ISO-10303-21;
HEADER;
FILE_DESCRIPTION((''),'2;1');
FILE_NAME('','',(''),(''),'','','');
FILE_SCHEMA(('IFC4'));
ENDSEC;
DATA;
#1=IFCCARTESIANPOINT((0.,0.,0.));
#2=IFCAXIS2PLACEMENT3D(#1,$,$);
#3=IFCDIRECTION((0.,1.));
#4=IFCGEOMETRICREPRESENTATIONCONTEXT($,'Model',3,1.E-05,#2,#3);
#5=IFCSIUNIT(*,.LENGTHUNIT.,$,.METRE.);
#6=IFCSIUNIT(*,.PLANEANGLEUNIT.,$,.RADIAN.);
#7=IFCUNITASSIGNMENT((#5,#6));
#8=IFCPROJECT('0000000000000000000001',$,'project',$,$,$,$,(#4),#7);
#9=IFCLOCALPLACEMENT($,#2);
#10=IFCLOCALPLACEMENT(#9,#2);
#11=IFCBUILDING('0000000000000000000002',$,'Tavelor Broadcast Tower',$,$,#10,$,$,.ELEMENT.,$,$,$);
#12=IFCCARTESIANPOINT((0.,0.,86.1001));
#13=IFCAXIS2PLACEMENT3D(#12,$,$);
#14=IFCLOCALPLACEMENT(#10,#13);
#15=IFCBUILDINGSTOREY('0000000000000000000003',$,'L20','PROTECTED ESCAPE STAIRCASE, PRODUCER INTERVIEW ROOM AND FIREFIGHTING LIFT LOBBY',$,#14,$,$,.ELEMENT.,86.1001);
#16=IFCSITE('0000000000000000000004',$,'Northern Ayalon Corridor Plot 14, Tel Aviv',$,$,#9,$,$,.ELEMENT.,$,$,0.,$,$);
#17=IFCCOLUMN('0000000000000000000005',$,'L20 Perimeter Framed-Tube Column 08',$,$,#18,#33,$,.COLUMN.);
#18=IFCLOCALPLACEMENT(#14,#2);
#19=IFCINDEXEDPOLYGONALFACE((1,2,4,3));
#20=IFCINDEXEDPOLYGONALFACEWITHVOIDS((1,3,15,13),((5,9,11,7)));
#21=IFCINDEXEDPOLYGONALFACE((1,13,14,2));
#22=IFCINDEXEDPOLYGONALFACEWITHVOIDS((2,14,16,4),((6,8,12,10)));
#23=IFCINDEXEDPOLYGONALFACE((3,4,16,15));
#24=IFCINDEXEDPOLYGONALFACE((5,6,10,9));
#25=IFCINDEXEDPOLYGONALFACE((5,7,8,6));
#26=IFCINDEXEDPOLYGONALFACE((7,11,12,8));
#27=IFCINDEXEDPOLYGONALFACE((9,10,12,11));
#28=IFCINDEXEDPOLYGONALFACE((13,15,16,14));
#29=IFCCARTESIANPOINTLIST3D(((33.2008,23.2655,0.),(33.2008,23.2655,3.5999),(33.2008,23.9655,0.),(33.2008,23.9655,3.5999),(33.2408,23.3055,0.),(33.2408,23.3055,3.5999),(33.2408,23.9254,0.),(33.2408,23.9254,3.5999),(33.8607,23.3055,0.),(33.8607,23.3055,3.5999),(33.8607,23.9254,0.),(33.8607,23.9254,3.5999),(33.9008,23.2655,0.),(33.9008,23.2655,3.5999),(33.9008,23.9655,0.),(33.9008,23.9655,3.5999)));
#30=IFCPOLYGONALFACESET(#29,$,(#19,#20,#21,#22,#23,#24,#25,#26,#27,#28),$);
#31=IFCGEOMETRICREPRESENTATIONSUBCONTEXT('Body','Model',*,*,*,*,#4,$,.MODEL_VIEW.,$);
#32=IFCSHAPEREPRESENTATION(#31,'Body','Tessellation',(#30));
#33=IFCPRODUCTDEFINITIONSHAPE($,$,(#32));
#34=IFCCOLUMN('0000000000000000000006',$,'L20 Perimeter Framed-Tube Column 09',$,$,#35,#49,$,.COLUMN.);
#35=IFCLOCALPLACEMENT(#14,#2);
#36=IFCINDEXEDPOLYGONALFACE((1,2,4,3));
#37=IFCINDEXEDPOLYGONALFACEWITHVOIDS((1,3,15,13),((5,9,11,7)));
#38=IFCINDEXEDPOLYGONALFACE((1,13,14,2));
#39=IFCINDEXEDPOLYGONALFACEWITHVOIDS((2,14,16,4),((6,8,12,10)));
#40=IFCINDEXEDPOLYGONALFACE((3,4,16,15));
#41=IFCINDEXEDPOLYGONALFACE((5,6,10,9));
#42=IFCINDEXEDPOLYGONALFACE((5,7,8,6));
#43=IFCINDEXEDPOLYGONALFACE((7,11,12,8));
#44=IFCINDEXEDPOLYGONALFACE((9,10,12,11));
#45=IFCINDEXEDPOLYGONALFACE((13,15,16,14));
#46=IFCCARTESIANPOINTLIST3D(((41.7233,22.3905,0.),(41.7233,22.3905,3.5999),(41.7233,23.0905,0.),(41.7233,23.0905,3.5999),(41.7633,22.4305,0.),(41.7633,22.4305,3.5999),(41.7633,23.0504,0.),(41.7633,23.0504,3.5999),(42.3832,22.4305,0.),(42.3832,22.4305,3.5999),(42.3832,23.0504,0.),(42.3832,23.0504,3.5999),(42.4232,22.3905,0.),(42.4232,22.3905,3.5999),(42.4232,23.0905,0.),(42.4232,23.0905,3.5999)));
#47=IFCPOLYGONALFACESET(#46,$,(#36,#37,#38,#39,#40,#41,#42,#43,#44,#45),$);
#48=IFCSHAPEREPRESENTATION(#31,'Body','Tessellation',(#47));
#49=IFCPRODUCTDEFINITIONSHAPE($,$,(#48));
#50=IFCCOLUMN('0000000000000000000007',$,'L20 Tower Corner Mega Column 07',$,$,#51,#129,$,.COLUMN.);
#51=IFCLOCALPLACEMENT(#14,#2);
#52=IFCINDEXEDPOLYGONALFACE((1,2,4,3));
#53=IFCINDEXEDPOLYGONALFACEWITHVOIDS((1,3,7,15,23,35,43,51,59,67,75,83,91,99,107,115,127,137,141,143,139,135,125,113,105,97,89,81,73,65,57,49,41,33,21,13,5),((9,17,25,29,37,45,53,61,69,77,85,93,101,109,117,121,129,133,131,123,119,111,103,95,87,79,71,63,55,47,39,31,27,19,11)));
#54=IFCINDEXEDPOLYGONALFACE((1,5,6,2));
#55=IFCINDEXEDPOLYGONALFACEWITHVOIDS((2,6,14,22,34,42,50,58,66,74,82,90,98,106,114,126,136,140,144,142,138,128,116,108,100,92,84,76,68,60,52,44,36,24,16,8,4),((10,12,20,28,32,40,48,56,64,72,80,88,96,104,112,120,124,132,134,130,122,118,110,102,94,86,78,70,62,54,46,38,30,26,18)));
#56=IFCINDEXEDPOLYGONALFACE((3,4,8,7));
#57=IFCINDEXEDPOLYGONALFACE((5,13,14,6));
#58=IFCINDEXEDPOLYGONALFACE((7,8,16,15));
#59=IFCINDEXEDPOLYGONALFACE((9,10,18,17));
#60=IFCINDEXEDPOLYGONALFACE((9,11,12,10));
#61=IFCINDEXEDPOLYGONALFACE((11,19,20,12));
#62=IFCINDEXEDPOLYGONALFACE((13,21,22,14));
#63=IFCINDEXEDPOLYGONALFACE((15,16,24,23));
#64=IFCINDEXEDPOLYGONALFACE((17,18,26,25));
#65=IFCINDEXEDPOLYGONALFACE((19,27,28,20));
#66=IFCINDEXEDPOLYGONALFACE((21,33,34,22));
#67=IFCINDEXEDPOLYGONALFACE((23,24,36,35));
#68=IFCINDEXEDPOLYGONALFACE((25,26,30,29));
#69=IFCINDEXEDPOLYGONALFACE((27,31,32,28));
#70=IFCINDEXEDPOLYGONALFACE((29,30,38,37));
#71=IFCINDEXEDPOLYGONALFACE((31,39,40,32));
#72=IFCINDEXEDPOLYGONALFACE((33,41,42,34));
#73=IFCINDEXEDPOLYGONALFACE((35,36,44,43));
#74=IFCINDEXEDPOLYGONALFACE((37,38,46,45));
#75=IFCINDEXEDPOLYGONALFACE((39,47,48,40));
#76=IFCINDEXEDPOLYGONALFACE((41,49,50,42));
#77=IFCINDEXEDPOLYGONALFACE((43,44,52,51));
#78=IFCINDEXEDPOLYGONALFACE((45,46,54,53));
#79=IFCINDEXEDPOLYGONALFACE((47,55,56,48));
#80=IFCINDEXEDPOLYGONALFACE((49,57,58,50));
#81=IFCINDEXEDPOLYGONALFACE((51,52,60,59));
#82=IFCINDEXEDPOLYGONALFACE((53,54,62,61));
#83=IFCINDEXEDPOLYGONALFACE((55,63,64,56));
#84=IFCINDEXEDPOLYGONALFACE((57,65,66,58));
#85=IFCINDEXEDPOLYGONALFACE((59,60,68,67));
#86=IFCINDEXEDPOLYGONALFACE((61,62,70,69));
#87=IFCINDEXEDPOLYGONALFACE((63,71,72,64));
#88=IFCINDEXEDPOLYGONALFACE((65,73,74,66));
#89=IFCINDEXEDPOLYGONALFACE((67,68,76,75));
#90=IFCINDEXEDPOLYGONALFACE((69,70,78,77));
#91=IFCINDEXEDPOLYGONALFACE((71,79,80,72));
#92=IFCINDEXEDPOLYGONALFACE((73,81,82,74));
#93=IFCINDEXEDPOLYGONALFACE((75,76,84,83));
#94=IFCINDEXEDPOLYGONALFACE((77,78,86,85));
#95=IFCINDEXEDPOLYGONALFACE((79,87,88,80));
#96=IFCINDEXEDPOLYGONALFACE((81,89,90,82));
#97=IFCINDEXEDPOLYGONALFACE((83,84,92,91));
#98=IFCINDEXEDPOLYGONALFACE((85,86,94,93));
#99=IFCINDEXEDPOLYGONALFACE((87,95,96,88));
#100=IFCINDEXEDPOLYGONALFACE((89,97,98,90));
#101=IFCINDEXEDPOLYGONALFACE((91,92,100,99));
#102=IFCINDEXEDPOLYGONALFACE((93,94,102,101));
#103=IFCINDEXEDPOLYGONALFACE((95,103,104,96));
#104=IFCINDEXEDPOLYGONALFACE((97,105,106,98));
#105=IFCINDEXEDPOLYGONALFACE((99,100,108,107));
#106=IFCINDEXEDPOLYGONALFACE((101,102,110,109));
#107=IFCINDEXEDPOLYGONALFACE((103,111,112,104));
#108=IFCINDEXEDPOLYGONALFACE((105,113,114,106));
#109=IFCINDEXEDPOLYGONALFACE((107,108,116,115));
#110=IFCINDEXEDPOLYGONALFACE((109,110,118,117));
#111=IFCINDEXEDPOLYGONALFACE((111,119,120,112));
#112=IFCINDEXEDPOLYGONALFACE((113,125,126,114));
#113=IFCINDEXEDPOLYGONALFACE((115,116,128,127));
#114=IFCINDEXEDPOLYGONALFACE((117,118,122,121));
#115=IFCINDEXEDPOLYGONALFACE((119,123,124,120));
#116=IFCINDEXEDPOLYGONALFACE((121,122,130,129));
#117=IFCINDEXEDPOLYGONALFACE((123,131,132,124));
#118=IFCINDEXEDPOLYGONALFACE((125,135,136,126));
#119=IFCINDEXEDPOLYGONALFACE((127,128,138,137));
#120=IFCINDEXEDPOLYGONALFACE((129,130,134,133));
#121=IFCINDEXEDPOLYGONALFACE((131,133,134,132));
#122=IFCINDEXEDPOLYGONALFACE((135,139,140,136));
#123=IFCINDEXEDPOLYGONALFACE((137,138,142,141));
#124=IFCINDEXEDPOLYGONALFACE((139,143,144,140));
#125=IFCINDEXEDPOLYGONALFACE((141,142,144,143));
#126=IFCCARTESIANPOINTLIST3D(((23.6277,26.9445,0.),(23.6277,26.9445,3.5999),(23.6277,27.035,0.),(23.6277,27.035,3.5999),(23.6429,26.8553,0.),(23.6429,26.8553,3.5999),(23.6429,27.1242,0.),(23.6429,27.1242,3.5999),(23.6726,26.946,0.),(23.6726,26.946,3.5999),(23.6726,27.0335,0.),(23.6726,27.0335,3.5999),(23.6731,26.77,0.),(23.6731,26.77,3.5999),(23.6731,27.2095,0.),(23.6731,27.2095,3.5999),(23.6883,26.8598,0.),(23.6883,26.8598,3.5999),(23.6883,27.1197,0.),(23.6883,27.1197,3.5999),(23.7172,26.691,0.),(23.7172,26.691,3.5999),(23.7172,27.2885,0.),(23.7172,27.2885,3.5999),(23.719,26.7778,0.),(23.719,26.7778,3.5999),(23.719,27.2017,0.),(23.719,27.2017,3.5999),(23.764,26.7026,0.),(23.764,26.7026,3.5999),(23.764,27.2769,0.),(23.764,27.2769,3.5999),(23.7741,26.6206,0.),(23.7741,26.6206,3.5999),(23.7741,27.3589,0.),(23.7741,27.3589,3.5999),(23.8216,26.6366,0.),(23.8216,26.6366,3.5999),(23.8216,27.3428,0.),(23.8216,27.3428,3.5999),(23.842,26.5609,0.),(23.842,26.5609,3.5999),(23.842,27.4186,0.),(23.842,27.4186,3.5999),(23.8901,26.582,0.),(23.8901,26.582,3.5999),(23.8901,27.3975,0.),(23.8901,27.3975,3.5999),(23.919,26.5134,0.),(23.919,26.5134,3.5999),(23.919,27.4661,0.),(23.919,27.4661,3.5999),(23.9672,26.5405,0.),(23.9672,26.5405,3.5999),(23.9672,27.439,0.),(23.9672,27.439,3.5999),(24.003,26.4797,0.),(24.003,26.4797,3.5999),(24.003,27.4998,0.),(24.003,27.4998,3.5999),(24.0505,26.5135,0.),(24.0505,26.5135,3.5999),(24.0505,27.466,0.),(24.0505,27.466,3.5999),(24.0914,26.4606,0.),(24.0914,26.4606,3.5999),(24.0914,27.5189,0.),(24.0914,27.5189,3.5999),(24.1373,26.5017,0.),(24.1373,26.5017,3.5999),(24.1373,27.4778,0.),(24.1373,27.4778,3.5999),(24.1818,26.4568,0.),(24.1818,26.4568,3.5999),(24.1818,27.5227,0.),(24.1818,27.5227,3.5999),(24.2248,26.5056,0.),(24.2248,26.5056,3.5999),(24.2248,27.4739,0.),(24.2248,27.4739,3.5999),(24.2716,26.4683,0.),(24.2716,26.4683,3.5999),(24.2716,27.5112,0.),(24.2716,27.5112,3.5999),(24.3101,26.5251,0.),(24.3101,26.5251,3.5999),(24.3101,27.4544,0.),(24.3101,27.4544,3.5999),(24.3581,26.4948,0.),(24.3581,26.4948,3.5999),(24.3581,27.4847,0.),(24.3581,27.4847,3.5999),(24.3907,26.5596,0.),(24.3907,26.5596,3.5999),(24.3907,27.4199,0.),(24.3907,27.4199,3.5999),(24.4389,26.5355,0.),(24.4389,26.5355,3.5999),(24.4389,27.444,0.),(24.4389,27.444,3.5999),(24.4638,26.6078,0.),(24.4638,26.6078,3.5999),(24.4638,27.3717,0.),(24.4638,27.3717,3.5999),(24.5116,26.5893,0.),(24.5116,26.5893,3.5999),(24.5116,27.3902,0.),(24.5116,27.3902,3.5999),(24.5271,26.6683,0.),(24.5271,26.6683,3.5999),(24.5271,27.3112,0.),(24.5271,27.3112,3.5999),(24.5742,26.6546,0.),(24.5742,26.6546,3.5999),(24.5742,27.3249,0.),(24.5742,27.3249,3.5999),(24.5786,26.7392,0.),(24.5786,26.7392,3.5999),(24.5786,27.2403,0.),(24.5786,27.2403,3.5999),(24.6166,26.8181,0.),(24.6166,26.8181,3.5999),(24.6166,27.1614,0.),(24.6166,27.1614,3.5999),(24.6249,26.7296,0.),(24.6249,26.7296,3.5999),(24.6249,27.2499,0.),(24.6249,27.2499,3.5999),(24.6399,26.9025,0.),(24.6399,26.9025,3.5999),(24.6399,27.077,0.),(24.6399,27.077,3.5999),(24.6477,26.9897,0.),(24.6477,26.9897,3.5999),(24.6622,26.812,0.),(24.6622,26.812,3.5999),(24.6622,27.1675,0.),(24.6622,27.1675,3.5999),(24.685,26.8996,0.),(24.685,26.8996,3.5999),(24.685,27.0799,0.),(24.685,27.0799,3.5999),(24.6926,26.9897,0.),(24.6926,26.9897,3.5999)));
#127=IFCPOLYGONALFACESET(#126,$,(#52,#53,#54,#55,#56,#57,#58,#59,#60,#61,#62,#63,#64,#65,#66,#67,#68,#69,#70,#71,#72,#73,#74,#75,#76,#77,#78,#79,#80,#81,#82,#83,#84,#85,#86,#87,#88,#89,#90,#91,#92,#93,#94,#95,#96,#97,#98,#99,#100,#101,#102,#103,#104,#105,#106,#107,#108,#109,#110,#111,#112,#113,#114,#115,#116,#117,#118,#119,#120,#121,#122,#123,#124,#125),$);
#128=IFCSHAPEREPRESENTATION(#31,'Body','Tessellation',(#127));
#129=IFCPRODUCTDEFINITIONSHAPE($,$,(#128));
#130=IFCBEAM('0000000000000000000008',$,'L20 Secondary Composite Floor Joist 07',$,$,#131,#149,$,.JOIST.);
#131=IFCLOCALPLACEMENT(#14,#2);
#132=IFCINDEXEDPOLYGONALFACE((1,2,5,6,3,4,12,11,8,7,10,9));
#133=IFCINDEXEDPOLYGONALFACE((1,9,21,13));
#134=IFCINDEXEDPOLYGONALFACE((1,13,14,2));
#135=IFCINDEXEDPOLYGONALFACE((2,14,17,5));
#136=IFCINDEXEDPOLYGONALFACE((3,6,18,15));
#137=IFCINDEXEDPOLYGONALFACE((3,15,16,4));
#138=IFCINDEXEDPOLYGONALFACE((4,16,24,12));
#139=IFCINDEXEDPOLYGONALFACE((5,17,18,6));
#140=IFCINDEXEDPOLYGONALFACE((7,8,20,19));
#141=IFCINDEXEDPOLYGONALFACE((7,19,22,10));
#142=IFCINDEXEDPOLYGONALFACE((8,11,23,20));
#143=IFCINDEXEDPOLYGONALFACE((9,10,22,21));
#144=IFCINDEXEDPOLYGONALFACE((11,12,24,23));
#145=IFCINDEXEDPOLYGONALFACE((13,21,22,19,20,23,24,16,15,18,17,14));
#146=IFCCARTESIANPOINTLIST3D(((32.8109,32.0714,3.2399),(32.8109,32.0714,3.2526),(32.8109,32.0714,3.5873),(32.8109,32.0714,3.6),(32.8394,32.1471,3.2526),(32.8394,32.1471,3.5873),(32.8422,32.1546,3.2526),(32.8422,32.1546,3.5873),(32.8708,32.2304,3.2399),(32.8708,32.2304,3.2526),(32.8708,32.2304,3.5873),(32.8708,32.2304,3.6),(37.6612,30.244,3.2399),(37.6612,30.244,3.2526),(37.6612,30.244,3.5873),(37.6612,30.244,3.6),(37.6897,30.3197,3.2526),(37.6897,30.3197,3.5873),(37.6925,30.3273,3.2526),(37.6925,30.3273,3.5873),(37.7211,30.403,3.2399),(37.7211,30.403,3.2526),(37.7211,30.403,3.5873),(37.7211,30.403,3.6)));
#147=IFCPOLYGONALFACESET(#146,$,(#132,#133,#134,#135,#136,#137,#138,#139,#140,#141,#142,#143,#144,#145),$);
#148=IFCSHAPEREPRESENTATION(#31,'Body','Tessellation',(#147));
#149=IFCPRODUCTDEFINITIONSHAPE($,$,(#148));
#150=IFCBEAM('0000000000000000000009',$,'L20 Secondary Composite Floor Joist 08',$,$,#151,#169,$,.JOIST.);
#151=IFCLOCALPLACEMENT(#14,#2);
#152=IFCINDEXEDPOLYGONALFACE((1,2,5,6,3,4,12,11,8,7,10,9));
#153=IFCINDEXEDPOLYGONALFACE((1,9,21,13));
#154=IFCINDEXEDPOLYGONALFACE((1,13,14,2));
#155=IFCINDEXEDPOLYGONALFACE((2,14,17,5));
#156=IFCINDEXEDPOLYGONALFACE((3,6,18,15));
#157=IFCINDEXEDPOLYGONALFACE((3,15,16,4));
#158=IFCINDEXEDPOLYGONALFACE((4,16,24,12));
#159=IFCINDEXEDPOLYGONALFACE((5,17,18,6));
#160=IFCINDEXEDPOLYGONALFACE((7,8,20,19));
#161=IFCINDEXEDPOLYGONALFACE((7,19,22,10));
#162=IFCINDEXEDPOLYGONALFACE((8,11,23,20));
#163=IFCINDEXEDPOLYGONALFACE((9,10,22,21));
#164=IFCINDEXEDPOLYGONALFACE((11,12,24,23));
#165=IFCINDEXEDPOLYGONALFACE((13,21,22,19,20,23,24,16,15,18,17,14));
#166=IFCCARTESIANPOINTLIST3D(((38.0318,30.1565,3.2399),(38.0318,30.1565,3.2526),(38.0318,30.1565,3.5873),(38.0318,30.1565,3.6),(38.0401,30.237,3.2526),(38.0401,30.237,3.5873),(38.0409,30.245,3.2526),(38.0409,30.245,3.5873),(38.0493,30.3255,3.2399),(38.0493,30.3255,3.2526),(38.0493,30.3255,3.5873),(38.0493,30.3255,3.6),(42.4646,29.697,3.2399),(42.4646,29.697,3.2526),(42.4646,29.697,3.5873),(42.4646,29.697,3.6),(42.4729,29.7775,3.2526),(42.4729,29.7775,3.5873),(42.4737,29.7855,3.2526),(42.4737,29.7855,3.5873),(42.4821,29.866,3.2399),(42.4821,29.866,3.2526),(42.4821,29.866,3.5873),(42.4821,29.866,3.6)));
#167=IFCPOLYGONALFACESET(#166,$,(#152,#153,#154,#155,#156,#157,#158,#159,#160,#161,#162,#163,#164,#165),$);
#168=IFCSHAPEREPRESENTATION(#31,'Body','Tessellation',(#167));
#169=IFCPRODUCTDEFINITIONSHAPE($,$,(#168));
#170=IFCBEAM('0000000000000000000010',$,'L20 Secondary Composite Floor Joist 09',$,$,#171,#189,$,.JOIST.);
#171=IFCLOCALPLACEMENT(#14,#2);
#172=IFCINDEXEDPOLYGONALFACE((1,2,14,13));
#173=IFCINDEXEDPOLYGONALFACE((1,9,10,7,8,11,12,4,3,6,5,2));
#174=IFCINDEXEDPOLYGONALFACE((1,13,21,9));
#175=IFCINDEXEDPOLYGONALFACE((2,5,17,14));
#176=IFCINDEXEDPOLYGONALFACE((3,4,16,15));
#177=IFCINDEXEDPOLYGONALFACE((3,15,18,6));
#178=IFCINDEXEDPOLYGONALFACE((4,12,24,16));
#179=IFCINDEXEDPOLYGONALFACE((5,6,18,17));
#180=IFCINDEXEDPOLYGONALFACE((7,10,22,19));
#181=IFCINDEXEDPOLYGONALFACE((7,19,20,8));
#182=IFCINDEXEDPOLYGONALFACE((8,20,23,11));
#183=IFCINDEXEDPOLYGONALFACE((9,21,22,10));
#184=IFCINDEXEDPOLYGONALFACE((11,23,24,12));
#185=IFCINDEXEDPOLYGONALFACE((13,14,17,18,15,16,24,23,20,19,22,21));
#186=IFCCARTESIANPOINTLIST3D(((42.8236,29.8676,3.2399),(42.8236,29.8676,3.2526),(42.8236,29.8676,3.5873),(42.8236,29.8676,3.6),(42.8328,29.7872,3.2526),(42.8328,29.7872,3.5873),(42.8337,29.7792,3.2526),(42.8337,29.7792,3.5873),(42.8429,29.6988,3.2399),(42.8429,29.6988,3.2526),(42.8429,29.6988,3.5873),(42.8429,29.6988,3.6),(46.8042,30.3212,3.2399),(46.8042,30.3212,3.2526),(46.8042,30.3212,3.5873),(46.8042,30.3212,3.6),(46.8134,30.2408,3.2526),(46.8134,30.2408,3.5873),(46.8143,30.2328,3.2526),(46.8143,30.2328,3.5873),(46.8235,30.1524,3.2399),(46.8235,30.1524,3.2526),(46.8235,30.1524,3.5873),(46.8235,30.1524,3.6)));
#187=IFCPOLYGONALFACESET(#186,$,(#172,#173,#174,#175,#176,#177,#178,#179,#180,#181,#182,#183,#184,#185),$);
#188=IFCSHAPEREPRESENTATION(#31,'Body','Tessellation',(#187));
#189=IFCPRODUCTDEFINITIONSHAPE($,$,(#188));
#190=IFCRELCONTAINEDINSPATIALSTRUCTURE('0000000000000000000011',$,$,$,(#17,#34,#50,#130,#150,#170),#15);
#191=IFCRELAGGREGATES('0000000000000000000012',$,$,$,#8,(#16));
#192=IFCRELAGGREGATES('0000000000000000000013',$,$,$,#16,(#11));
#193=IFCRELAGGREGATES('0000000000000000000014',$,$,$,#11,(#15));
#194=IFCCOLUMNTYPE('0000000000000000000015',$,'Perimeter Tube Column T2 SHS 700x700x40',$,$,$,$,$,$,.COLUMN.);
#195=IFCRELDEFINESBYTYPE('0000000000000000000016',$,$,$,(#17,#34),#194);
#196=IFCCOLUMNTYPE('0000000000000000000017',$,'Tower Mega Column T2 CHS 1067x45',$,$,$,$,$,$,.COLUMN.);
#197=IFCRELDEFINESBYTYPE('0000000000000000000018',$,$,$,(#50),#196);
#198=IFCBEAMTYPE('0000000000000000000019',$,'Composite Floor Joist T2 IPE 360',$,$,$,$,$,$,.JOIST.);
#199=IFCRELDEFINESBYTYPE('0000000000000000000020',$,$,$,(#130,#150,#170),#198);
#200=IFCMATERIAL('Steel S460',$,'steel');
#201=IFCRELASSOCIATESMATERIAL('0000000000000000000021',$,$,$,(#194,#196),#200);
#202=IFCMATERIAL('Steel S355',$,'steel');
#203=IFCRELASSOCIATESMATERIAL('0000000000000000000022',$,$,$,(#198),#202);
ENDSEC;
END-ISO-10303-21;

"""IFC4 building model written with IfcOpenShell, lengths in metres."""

from ifc_helpers import new_model, si_unit, direction, frame, origin, origin_2d, place, context, subcontext, project, spatial, hollow_rectangle, hollow_circle, i_section, extrude, material, material_profile, profile_set, type_object, element, save


model = new_model("IFC4")

# Units and contexts
model_context = context("Model", 3, precision=1e-05, world=origin(), true_north=direction((0.0, 1.0)))
body_context = subcontext(model_context, "Body", "Model", "MODEL_VIEW")
ifc_project = project(units=[si_unit("LENGTHUNIT", "METRE"), si_unit("PLANEANGLEUNIT", "RADIAN")], contexts=[model_context])

# Site, building, storey
site_placement = place(None, origin())
site = spatial("IfcSite", under=ifc_project, at=site_placement, Name="Northern Ayalon Corridor Plot 14, Tel Aviv", CompositionType="ELEMENT", RefElevation=0.0)
building_placement = place(site_placement, origin())
building = spatial("IfcBuilding", under=site, at=building_placement, Name="Tavelor Broadcast Tower", CompositionType="ELEMENT")
storey_placement = place(building_placement, frame((0.0, 0.0, 86.1001)))
storey = spatial("IfcBuildingStorey", under=building, at=storey_placement, Name="L20", Description="PROTECTED ESCAPE STAIRCASE, PRODUCER INTERVIEW ROOM AND FIREFIGHTING LIFT LOBBY", CompositionType="ELEMENT", Elevation=86.1001)

# Columns
ifc_material_1 = material(Name="Steel S460", Category="steel")
ifc_material_profile_1 = material_profile(ifc_material_1, hollow_rectangle(XDim=0.7, YDim=0.7, WallThickness=0.04, at=origin_2d()), Name="SHS 700x700x40")
ifc_profile_set_1 = profile_set([ifc_material_profile_1], Name="Steel S460")
column_type_1 = type_object("IfcColumnType", Name="Perimeter Tube Column T2 SHS 700x700x40", PredefinedType="COLUMN", material=ifc_profile_set_1)
for number, where, z_axis, x_axis, name in (
    (1, (33.5508, 23.6155, 0.0), (0.0, 0.0, 1.0), (1.0, 0.0, 0.0), "L20 Perimeter Framed-Tube Column 08"),
    (2, (42.0732, 22.7405, 0.0), (0.0, 0.0, 1.0), (1.0, 0.0, 0.0), "L20 Perimeter Framed-Tube Column 09"),
):
    element("IfcColumn", number, at=place(storey_placement, frame(where, z_axis=z_axis, x_axis=x_axis)), inside=storey, type_object=column_type_1, Name=name, PredefinedType="COLUMN", context=body_context, shape_type="SweptSolid", body=[
        extrude(hollow_rectangle(XDim=0.7, YDim=0.7, WallThickness=0.04, at=origin_2d()), origin(), (0.0, 0.0, 1.0), 3.5999),
    ])
ifc_material_profile_2 = material_profile(ifc_material_1, hollow_circle(Radius=0.5334, WallThickness=0.0449, at=origin_2d()), Name="CHS 1067x45")
ifc_profile_set_2 = profile_set([ifc_material_profile_2], Name="Steel S460")
column_type_2 = type_object("IfcColumnType", Name="Tower Mega Column T2 CHS 1067x45", PredefinedType="COLUMN", material=ifc_profile_set_2)
column_placement = place(storey_placement, frame((24.1592, 26.9897, 0.0), z_axis=(0.0, 0.0, 1.0), x_axis=(1.0, 0.0, 0.0)))
element("IfcColumn", 3, at=column_placement, inside=storey, type_object=column_type_2, Name="L20 Tower Corner Mega Column 07", PredefinedType="COLUMN", context=body_context, shape_type="SweptSolid", body=[
    extrude(hollow_circle(Radius=0.5334, WallThickness=0.0449, at=origin_2d()), origin(), (0.0, 0.0, 1.0), 3.5999),
])

# Beams
ifc_material_2 = material(Name="Steel S355", Category="steel")
ifc_material_profile_3 = material_profile(ifc_material_2, i_section(OverallWidth=0.1699, OverallDepth=0.3601, WebThickness=0.0081, FlangeThickness=0.0127, at=origin_2d()), Name="IPE 360")
ifc_profile_set_3 = profile_set([ifc_material_profile_3], Name="Steel S355")
beam_type_1 = type_object("IfcBeamType", Name="Composite Floor Joist T2 IPE 360", PredefinedType="JOIST", material=ifc_profile_set_3)
beam_1_placement = place(storey_placement, frame((32.8408, 32.1509, 3.4199), z_axis=(0.935788, -0.352563, 0.0), x_axis=(0.352563, 0.935788, 0.0)))
element("IfcBeam", 4, at=beam_1_placement, inside=storey, type_object=beam_type_1, Name="L20 Secondary Composite Floor Joist 07", PredefinedType="JOIST", context=body_context, shape_type="SweptSolid", body=[
    extrude(i_section(OverallWidth=0.1699, OverallDepth=0.3601, WebThickness=0.0081, FlangeThickness=0.0127, at=origin_2d()), origin(), (0.0, 0.0, 1.0), 5.1831),
])
beam_2_placement = place(storey_placement, frame((38.0405, 30.241, 3.4199), z_axis=(0.994671, -0.103099, 0.0), x_axis=(0.103099, 0.994671, 0.0)))
element("IfcBeam", 5, at=beam_2_placement, inside=storey, type_object=beam_type_1, Name="L20 Secondary Composite Floor Joist 08", PredefinedType="JOIST", context=body_context, shape_type="SweptSolid", body=[
    extrude(i_section(OverallWidth=0.1699, OverallDepth=0.3601, WebThickness=0.0081, FlangeThickness=0.0127, at=origin_2d()), origin(), (0.0, 0.0, 1.0), 4.4565),
])
beam_3_placement = place(storey_placement, frame((42.8333, 29.7832, 3.4199), z_axis=(0.993569, 0.113227, 0.0), x_axis=(-0.113227, 0.993569, 0.0)))
element("IfcBeam", 6, at=beam_3_placement, inside=storey, type_object=beam_type_1, Name="L20 Secondary Composite Floor Joist 09", PredefinedType="JOIST", context=body_context, shape_type="SweptSolid", body=[
    extrude(i_section(OverallWidth=0.1699, OverallDepth=0.3601, WebThickness=0.0081, FlangeThickness=0.0127, at=origin_2d()), origin(), (0.0, 0.0, 1.0), 4.0063),
])

save(model, "model.ifc")
